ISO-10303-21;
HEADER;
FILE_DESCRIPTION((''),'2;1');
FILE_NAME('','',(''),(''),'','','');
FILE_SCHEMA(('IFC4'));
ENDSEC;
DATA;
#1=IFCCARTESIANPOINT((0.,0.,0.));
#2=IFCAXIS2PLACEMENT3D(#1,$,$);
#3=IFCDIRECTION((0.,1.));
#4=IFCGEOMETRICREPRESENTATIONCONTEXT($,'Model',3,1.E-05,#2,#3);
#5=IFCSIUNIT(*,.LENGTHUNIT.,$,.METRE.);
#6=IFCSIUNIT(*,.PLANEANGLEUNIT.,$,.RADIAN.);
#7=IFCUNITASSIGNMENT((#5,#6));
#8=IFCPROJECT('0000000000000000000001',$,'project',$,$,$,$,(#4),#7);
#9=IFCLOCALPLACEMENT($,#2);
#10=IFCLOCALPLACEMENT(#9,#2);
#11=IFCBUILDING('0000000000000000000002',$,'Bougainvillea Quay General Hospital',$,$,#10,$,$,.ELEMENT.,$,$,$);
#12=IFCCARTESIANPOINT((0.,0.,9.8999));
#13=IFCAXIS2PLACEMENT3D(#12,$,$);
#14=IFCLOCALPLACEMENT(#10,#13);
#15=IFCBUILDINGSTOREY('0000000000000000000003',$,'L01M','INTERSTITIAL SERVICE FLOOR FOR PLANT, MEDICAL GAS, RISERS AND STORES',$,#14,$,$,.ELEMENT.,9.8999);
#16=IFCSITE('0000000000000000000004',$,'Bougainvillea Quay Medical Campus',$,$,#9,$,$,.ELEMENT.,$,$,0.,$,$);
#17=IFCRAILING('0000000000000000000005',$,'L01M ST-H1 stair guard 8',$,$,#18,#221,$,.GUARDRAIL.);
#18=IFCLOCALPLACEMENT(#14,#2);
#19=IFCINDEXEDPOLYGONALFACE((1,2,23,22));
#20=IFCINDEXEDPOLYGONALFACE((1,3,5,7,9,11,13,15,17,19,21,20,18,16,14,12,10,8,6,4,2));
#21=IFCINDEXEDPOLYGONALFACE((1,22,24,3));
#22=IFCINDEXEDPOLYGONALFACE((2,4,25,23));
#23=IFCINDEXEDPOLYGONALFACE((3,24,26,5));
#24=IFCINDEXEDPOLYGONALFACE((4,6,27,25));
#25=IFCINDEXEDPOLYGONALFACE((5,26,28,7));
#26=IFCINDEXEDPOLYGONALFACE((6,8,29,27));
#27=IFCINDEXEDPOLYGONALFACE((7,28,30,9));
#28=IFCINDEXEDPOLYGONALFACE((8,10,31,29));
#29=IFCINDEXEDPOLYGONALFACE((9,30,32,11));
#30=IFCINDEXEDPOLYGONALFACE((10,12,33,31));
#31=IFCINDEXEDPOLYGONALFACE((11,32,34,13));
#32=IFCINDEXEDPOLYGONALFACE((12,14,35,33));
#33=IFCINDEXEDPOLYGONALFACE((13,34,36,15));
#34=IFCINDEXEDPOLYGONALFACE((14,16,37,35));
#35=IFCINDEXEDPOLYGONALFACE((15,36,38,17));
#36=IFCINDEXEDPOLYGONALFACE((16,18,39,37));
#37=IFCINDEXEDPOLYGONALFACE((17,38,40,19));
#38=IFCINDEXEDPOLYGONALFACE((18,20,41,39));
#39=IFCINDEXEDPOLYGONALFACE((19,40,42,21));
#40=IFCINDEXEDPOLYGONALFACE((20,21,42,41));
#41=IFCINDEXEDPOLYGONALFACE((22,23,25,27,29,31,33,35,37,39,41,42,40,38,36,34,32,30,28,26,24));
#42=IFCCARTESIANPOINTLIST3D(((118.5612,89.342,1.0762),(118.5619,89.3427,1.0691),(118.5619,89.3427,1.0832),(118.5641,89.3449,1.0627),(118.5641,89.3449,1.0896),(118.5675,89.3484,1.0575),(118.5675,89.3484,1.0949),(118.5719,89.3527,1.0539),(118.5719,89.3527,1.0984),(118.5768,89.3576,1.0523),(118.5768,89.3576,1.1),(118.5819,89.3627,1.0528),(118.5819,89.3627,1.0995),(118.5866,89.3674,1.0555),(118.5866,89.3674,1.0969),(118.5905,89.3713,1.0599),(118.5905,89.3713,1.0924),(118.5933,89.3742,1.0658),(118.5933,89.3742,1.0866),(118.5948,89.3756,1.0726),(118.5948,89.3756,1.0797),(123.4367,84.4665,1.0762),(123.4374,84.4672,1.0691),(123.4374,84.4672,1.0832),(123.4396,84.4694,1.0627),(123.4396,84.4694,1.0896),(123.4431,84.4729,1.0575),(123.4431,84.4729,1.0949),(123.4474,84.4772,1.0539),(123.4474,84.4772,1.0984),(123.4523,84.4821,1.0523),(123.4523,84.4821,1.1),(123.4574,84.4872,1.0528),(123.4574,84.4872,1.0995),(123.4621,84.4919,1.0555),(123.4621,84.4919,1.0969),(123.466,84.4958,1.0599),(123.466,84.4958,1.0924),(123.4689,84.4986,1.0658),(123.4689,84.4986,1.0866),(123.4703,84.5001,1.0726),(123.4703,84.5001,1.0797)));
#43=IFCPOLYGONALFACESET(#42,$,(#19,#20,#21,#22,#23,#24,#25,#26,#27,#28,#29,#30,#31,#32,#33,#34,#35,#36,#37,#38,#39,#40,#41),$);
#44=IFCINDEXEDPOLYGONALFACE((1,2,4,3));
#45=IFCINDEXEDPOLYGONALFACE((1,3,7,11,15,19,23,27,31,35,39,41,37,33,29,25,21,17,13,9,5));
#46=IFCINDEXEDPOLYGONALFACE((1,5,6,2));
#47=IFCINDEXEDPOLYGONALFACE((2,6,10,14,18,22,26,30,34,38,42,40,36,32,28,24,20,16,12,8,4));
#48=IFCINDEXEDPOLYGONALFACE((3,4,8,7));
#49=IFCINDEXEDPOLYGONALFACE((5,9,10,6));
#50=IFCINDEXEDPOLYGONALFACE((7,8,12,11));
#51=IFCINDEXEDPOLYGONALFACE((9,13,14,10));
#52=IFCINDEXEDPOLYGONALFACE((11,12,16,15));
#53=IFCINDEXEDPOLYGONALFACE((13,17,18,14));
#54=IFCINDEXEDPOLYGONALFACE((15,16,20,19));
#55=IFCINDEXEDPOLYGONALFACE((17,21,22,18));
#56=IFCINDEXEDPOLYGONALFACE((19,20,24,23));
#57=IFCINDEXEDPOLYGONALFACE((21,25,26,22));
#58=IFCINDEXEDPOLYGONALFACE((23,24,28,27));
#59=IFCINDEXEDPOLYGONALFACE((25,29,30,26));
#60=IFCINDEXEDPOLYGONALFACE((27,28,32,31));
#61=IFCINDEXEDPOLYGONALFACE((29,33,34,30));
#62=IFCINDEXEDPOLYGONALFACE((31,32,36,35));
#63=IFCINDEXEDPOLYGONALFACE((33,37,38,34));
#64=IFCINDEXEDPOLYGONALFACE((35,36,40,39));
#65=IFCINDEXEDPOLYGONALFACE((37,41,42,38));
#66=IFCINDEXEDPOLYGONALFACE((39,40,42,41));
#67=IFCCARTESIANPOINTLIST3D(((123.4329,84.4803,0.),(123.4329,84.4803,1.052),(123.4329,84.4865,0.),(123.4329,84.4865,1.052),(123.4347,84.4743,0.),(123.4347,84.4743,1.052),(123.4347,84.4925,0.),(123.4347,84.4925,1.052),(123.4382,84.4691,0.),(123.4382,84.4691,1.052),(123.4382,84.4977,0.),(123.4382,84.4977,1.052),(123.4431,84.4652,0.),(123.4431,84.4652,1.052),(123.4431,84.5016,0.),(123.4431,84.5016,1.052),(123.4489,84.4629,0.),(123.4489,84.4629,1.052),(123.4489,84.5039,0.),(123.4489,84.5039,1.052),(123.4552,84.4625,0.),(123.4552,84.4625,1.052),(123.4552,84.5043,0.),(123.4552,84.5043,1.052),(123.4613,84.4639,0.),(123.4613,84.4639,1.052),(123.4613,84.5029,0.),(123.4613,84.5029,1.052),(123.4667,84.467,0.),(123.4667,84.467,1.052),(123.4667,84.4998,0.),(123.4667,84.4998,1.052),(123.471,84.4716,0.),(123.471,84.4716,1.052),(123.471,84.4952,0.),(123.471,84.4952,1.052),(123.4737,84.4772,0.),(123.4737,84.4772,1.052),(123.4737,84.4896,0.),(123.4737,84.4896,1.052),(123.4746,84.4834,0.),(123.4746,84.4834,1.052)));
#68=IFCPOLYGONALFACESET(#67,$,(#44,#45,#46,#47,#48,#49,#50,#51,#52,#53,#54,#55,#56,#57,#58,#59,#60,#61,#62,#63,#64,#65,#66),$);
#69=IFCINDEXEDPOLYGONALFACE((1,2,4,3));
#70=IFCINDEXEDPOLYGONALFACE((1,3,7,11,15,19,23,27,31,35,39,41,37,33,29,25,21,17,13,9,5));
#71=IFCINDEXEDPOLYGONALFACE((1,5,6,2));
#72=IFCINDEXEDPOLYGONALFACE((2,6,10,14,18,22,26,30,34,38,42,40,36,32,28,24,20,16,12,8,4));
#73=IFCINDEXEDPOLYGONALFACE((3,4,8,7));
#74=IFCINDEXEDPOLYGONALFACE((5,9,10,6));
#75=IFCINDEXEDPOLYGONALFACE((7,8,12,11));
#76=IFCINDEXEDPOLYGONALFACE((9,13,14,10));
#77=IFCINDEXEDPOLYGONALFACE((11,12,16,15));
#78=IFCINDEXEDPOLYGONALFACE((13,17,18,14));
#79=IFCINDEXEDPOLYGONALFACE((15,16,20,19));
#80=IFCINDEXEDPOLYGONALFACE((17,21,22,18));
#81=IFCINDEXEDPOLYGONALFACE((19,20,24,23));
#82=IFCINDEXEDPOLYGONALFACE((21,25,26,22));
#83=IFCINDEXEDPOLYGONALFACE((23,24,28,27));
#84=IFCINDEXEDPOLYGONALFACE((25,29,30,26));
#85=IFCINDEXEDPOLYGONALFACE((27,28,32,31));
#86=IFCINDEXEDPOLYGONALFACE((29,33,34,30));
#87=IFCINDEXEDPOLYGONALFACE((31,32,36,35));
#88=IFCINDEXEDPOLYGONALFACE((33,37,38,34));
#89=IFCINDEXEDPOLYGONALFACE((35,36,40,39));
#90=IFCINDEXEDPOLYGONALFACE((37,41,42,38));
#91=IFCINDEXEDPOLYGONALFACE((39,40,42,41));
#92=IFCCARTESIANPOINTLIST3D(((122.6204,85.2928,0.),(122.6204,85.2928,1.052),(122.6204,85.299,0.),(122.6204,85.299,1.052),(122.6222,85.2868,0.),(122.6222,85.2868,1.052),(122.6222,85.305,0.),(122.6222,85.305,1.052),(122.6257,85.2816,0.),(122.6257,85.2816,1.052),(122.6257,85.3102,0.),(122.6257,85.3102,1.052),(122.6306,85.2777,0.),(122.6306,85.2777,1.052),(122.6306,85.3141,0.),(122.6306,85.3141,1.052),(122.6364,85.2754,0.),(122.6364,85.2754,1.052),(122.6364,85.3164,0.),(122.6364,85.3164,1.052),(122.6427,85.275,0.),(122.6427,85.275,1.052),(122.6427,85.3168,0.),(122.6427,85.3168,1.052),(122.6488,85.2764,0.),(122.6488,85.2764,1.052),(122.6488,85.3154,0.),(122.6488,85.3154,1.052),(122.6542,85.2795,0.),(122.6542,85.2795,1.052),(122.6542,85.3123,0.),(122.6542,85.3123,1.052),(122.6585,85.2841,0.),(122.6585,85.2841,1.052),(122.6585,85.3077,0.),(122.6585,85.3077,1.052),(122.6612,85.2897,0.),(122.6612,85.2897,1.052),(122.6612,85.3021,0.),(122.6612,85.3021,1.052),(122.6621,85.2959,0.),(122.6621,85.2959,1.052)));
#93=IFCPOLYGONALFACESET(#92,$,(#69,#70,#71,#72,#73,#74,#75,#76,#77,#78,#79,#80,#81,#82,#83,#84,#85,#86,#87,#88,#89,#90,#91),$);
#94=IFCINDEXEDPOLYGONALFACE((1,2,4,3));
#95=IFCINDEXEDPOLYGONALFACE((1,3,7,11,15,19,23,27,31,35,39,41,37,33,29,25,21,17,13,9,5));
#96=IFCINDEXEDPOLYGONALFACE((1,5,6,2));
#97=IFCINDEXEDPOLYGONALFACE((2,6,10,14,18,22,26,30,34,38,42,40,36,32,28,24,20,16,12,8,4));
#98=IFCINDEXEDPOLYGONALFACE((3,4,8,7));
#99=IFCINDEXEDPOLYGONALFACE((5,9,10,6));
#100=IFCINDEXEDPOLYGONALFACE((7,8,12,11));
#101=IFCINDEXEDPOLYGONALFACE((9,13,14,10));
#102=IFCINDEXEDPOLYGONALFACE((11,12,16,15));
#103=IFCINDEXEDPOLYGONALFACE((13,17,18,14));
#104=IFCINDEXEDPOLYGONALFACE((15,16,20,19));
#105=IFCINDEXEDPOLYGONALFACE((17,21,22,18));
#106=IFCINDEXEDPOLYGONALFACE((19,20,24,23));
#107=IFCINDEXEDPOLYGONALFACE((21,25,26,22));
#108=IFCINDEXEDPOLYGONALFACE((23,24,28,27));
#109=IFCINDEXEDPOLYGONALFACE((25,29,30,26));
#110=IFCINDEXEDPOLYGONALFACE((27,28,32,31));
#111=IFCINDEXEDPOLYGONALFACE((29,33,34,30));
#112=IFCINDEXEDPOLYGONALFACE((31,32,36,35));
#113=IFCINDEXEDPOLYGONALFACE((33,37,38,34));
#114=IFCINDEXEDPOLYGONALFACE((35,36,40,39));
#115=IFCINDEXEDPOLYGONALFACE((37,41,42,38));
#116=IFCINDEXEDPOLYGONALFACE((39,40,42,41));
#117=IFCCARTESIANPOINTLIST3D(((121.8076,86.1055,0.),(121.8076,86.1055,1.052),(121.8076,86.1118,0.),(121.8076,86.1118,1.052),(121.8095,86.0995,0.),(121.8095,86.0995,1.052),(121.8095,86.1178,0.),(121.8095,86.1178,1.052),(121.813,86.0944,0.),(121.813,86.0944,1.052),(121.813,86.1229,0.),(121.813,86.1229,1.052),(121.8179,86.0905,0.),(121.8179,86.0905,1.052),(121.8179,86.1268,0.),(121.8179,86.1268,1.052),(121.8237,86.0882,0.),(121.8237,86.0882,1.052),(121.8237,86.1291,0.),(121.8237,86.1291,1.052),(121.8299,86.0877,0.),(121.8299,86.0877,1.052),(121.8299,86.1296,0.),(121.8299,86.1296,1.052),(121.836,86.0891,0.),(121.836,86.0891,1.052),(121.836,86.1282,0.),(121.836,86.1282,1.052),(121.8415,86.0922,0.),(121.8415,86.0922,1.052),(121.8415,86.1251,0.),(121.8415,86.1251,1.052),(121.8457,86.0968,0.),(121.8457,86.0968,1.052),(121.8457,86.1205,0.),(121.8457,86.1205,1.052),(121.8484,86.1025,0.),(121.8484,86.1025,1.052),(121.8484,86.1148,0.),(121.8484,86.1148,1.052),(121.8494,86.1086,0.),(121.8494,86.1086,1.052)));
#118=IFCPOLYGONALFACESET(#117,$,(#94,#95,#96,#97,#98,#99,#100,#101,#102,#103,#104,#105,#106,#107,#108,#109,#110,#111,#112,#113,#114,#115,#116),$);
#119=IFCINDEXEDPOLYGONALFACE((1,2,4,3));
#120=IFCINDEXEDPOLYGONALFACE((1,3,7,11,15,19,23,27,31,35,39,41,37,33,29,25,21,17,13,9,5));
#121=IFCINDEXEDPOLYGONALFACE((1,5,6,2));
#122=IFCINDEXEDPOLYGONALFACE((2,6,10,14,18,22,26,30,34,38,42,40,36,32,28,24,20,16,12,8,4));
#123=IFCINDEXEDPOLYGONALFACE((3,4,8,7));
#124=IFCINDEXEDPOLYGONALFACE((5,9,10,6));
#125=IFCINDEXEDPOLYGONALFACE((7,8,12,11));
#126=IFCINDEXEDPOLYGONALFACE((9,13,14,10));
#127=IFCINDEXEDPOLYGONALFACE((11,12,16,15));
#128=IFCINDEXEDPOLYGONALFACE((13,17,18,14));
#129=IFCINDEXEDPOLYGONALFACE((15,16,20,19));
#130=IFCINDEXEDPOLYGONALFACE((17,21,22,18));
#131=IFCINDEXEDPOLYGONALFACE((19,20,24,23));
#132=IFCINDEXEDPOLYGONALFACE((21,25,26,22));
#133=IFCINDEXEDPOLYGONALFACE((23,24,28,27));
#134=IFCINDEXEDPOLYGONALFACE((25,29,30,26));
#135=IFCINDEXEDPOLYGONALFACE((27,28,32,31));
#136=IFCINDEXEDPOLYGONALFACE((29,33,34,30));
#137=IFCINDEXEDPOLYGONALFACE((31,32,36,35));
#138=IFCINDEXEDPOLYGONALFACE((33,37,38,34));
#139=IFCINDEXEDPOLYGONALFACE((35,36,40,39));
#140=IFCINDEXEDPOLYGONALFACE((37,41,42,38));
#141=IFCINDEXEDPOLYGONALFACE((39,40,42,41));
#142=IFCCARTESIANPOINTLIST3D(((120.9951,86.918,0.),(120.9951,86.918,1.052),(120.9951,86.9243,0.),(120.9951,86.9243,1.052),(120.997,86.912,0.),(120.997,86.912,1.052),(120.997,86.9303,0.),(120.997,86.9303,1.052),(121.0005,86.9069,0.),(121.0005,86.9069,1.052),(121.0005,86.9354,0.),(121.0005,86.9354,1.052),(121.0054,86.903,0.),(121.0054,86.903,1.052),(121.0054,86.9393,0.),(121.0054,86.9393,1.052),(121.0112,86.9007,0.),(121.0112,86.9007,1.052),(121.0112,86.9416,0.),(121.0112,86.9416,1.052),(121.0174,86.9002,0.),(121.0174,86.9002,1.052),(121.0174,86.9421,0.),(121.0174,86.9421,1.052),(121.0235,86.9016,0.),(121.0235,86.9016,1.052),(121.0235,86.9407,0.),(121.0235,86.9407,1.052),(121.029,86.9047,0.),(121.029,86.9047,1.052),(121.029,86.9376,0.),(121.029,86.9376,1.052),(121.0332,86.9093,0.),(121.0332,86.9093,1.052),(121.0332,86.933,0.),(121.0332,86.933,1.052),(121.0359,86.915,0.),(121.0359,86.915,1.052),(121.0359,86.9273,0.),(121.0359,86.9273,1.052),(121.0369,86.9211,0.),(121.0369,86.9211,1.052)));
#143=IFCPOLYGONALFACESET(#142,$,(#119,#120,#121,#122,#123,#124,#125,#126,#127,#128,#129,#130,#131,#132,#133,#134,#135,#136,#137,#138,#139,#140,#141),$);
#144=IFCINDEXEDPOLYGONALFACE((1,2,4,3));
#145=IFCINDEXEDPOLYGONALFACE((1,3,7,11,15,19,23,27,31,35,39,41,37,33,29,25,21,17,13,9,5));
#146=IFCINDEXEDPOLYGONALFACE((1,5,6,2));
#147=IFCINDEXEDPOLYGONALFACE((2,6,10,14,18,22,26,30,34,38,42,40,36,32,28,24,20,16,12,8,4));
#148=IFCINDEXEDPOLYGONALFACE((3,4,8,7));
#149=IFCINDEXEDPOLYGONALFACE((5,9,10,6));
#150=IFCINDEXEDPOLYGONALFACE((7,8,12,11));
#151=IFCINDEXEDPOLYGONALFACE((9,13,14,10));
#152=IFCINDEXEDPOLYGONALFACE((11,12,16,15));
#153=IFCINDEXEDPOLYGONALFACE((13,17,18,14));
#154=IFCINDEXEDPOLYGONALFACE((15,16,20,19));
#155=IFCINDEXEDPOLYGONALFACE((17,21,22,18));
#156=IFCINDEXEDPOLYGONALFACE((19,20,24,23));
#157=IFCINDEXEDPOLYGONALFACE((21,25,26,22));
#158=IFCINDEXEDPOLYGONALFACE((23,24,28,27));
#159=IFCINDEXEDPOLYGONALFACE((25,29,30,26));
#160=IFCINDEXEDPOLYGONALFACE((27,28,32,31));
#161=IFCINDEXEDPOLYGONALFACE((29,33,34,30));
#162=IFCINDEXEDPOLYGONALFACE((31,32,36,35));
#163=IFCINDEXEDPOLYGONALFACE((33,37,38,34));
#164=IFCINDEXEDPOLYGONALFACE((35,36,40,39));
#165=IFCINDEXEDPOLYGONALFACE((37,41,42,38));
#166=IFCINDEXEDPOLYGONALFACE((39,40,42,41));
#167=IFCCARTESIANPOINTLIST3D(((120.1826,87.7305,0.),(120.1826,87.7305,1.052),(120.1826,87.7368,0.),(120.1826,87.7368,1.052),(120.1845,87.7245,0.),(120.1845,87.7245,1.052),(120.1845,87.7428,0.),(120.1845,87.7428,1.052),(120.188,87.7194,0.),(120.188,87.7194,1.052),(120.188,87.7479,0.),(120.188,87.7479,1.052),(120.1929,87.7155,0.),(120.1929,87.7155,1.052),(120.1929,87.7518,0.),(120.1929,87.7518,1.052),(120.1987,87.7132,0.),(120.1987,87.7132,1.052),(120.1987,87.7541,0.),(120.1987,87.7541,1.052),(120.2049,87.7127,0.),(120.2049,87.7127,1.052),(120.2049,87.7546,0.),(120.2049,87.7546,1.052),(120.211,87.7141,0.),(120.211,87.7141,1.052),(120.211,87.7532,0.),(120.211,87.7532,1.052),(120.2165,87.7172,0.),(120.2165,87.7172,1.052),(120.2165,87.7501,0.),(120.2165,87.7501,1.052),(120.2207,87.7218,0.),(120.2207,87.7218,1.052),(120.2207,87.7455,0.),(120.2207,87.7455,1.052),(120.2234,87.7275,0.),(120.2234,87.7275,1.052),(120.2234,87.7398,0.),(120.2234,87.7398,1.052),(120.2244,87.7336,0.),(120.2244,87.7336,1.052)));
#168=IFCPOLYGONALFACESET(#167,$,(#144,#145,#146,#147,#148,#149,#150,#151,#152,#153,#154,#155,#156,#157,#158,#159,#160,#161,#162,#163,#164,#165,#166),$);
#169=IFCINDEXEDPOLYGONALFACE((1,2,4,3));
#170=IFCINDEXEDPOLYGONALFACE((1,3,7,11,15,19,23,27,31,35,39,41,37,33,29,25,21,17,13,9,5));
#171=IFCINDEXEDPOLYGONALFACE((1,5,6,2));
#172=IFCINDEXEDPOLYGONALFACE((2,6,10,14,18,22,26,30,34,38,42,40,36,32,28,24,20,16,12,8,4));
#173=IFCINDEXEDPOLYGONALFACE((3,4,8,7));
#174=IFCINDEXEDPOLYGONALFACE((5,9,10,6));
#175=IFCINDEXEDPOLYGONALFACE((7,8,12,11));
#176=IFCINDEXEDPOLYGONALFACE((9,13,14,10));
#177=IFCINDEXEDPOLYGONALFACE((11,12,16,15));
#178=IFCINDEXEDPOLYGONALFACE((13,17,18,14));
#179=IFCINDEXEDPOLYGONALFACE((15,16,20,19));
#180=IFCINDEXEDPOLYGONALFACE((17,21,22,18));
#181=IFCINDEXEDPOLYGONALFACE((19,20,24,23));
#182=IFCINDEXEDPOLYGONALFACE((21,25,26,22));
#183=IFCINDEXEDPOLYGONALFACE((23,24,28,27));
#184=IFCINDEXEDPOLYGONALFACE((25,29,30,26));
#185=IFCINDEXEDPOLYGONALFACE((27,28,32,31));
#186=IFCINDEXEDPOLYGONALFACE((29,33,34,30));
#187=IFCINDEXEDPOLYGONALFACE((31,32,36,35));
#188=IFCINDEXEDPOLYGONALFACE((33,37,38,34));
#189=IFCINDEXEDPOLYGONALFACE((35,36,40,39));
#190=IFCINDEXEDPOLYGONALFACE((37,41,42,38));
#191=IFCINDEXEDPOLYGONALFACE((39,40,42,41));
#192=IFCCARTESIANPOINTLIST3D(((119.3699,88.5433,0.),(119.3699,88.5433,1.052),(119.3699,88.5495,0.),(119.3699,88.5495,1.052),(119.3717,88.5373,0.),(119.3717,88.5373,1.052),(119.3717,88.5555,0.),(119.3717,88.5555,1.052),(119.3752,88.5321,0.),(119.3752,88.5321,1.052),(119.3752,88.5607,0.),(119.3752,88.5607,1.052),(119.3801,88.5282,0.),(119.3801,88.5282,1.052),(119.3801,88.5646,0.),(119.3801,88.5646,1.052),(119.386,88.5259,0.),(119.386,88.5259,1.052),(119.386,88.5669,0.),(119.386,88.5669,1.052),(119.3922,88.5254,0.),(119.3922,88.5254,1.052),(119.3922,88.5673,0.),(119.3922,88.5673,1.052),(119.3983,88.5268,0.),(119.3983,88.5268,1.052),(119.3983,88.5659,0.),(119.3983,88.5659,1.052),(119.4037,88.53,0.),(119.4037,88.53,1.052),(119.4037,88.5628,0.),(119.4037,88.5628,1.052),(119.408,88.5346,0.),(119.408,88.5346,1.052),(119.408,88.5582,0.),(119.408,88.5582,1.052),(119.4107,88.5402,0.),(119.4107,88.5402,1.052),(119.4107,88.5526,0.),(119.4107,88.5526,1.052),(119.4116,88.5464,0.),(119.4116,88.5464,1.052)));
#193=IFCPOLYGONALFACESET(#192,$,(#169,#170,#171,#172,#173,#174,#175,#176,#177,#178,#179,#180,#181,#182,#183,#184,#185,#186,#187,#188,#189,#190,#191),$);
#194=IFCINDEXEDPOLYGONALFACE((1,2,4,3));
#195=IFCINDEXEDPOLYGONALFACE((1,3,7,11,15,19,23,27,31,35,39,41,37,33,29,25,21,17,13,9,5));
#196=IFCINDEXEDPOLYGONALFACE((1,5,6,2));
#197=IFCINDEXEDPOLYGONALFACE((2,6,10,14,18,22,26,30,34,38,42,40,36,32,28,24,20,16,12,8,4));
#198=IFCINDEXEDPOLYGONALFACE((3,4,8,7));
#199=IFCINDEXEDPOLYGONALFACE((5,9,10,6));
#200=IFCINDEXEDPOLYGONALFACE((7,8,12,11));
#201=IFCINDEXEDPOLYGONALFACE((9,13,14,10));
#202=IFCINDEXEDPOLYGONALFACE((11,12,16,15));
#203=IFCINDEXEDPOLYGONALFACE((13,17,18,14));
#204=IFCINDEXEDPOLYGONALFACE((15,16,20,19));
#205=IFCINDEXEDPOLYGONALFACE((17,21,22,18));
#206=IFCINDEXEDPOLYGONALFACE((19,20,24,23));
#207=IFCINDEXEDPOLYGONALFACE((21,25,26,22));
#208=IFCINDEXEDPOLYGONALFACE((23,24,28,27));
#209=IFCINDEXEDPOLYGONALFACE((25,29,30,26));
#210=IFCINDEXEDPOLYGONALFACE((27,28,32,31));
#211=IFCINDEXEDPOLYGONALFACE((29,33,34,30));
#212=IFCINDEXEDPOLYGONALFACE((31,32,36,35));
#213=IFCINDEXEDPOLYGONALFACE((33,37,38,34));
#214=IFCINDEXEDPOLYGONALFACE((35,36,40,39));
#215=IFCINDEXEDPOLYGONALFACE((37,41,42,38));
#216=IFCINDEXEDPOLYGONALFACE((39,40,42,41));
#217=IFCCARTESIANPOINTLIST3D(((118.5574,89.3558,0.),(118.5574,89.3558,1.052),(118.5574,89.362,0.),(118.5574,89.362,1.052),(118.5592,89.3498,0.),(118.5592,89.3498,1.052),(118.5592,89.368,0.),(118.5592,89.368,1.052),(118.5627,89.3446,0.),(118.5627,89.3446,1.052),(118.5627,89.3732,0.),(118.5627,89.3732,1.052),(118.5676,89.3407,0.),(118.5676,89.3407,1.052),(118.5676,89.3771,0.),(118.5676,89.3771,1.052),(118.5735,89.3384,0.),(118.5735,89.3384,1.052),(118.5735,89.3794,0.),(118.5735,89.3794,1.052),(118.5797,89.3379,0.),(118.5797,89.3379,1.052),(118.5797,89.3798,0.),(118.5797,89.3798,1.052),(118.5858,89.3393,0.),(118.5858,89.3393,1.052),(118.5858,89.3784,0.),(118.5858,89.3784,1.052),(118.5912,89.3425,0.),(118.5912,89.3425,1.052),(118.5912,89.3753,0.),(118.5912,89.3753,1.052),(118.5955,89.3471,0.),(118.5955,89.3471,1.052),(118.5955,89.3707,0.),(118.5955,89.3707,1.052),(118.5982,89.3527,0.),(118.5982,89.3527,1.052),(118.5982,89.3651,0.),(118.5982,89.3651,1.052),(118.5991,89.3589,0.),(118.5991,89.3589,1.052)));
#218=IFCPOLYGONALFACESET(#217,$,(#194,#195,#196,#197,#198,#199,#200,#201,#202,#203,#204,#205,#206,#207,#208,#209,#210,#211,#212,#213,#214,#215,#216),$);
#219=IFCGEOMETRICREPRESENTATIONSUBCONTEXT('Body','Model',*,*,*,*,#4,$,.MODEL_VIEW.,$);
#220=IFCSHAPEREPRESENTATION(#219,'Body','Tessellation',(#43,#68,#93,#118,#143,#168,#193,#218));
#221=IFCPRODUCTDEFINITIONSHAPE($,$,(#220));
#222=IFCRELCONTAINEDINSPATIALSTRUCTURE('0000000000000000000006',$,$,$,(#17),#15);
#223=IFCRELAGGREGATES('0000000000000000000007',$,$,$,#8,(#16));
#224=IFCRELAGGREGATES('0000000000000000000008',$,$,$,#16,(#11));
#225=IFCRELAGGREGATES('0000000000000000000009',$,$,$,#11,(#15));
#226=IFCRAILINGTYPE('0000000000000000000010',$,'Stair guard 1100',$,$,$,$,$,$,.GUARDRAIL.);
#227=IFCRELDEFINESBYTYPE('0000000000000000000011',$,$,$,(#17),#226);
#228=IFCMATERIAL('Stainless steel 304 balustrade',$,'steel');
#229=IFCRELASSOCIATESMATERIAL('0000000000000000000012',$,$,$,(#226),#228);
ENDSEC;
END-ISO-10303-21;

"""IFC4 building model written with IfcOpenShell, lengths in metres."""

from ifc_helpers import new_model, si_unit, direction, frame, origin, origin_2d, place, context, subcontext, project, spatial, circle, extrude, material, type_object, element, save


model = new_model("IFC4")

# Units and contexts
model_context = context("Model", 3, precision=1e-05, world=origin(), true_north=direction((0.0, 1.0)))
body_context = subcontext(model_context, "Body", "Model", "MODEL_VIEW")
ifc_project = project(units=[si_unit("LENGTHUNIT", "METRE"), si_unit("PLANEANGLEUNIT", "RADIAN")], contexts=[model_context])

# Site, building, storey
site_placement = place(None, origin())
site = spatial("IfcSite", under=ifc_project, at=site_placement, Name="Bougainvillea Quay Medical Campus", CompositionType="ELEMENT", RefElevation=0.0)
building_placement = place(site_placement, origin())
building = spatial("IfcBuilding", under=site, at=building_placement, Name="Bougainvillea Quay General Hospital", CompositionType="ELEMENT")
storey_placement = place(building_placement, frame((0.0, 0.0, 9.8999)))
storey = spatial("IfcBuildingStorey", under=building, at=storey_placement, Name="L01M", Description="INTERSTITIAL SERVICE FLOOR FOR PLANT, MEDICAL GAS, RISERS AND STORES", CompositionType="ELEMENT", Elevation=9.8999)

# Railing
ifc_material_1 = material(Name="Stainless steel 304 balustrade", Category="steel")
railing_type_1 = type_object("IfcRailingType", Name="Stair guard 1100", PredefinedType="GUARDRAIL", material=ifc_material_1)
railing_1_placement = place(storey_placement, frame((123.4536, 84.4834, 0.0)))
element("IfcRailing", 1, at=railing_1_placement, inside=storey, type_object=railing_type_1, Name="L01M ST-H1 stair guard 8", PredefinedType="GUARDRAIL", context=body_context, shape_type="SweptSolid", body=[
    extrude(circle(Radius=0.0239, at=origin_2d()), frame((0.0, 0.0, 1.0762), z_axis=(-0.707107, 0.707107, 0.0), x_axis=(-0.707107, -0.707107, 0.0)), (0.0, 0.0, 1.0), 6.895),
    extrude(circle(Radius=0.021, at=origin_2d()), origin(), (0.0, 0.0, 1.0), 1.052),
    extrude(circle(Radius=0.021, at=origin_2d()), frame((-0.8125, 0.8125, 0.0)), (0.0, 0.0, 1.0), 1.052),
    extrude(circle(Radius=0.021, at=origin_2d()), frame((-1.6252, 1.6252, 0.0)), (0.0, 0.0, 1.0), 1.052),
    extrude(circle(Radius=0.021, at=origin_2d()), frame((-2.4377, 2.4377, 0.0)), (0.0, 0.0, 1.0), 1.052),
    extrude(circle(Radius=0.021, at=origin_2d()), frame((-3.2502, 3.2502, 0.0)), (0.0, 0.0, 1.0), 1.052),
    extrude(circle(Radius=0.021, at=origin_2d()), frame((-4.063, 4.063, 0.0)), (0.0, 0.0, 1.0), 1.052),
    extrude(circle(Radius=0.021, at=origin_2d()), frame((-4.8755, 4.8755, 0.0)), (0.0, 0.0, 1.0), 1.052),
])

save(model, "model.ifc")
